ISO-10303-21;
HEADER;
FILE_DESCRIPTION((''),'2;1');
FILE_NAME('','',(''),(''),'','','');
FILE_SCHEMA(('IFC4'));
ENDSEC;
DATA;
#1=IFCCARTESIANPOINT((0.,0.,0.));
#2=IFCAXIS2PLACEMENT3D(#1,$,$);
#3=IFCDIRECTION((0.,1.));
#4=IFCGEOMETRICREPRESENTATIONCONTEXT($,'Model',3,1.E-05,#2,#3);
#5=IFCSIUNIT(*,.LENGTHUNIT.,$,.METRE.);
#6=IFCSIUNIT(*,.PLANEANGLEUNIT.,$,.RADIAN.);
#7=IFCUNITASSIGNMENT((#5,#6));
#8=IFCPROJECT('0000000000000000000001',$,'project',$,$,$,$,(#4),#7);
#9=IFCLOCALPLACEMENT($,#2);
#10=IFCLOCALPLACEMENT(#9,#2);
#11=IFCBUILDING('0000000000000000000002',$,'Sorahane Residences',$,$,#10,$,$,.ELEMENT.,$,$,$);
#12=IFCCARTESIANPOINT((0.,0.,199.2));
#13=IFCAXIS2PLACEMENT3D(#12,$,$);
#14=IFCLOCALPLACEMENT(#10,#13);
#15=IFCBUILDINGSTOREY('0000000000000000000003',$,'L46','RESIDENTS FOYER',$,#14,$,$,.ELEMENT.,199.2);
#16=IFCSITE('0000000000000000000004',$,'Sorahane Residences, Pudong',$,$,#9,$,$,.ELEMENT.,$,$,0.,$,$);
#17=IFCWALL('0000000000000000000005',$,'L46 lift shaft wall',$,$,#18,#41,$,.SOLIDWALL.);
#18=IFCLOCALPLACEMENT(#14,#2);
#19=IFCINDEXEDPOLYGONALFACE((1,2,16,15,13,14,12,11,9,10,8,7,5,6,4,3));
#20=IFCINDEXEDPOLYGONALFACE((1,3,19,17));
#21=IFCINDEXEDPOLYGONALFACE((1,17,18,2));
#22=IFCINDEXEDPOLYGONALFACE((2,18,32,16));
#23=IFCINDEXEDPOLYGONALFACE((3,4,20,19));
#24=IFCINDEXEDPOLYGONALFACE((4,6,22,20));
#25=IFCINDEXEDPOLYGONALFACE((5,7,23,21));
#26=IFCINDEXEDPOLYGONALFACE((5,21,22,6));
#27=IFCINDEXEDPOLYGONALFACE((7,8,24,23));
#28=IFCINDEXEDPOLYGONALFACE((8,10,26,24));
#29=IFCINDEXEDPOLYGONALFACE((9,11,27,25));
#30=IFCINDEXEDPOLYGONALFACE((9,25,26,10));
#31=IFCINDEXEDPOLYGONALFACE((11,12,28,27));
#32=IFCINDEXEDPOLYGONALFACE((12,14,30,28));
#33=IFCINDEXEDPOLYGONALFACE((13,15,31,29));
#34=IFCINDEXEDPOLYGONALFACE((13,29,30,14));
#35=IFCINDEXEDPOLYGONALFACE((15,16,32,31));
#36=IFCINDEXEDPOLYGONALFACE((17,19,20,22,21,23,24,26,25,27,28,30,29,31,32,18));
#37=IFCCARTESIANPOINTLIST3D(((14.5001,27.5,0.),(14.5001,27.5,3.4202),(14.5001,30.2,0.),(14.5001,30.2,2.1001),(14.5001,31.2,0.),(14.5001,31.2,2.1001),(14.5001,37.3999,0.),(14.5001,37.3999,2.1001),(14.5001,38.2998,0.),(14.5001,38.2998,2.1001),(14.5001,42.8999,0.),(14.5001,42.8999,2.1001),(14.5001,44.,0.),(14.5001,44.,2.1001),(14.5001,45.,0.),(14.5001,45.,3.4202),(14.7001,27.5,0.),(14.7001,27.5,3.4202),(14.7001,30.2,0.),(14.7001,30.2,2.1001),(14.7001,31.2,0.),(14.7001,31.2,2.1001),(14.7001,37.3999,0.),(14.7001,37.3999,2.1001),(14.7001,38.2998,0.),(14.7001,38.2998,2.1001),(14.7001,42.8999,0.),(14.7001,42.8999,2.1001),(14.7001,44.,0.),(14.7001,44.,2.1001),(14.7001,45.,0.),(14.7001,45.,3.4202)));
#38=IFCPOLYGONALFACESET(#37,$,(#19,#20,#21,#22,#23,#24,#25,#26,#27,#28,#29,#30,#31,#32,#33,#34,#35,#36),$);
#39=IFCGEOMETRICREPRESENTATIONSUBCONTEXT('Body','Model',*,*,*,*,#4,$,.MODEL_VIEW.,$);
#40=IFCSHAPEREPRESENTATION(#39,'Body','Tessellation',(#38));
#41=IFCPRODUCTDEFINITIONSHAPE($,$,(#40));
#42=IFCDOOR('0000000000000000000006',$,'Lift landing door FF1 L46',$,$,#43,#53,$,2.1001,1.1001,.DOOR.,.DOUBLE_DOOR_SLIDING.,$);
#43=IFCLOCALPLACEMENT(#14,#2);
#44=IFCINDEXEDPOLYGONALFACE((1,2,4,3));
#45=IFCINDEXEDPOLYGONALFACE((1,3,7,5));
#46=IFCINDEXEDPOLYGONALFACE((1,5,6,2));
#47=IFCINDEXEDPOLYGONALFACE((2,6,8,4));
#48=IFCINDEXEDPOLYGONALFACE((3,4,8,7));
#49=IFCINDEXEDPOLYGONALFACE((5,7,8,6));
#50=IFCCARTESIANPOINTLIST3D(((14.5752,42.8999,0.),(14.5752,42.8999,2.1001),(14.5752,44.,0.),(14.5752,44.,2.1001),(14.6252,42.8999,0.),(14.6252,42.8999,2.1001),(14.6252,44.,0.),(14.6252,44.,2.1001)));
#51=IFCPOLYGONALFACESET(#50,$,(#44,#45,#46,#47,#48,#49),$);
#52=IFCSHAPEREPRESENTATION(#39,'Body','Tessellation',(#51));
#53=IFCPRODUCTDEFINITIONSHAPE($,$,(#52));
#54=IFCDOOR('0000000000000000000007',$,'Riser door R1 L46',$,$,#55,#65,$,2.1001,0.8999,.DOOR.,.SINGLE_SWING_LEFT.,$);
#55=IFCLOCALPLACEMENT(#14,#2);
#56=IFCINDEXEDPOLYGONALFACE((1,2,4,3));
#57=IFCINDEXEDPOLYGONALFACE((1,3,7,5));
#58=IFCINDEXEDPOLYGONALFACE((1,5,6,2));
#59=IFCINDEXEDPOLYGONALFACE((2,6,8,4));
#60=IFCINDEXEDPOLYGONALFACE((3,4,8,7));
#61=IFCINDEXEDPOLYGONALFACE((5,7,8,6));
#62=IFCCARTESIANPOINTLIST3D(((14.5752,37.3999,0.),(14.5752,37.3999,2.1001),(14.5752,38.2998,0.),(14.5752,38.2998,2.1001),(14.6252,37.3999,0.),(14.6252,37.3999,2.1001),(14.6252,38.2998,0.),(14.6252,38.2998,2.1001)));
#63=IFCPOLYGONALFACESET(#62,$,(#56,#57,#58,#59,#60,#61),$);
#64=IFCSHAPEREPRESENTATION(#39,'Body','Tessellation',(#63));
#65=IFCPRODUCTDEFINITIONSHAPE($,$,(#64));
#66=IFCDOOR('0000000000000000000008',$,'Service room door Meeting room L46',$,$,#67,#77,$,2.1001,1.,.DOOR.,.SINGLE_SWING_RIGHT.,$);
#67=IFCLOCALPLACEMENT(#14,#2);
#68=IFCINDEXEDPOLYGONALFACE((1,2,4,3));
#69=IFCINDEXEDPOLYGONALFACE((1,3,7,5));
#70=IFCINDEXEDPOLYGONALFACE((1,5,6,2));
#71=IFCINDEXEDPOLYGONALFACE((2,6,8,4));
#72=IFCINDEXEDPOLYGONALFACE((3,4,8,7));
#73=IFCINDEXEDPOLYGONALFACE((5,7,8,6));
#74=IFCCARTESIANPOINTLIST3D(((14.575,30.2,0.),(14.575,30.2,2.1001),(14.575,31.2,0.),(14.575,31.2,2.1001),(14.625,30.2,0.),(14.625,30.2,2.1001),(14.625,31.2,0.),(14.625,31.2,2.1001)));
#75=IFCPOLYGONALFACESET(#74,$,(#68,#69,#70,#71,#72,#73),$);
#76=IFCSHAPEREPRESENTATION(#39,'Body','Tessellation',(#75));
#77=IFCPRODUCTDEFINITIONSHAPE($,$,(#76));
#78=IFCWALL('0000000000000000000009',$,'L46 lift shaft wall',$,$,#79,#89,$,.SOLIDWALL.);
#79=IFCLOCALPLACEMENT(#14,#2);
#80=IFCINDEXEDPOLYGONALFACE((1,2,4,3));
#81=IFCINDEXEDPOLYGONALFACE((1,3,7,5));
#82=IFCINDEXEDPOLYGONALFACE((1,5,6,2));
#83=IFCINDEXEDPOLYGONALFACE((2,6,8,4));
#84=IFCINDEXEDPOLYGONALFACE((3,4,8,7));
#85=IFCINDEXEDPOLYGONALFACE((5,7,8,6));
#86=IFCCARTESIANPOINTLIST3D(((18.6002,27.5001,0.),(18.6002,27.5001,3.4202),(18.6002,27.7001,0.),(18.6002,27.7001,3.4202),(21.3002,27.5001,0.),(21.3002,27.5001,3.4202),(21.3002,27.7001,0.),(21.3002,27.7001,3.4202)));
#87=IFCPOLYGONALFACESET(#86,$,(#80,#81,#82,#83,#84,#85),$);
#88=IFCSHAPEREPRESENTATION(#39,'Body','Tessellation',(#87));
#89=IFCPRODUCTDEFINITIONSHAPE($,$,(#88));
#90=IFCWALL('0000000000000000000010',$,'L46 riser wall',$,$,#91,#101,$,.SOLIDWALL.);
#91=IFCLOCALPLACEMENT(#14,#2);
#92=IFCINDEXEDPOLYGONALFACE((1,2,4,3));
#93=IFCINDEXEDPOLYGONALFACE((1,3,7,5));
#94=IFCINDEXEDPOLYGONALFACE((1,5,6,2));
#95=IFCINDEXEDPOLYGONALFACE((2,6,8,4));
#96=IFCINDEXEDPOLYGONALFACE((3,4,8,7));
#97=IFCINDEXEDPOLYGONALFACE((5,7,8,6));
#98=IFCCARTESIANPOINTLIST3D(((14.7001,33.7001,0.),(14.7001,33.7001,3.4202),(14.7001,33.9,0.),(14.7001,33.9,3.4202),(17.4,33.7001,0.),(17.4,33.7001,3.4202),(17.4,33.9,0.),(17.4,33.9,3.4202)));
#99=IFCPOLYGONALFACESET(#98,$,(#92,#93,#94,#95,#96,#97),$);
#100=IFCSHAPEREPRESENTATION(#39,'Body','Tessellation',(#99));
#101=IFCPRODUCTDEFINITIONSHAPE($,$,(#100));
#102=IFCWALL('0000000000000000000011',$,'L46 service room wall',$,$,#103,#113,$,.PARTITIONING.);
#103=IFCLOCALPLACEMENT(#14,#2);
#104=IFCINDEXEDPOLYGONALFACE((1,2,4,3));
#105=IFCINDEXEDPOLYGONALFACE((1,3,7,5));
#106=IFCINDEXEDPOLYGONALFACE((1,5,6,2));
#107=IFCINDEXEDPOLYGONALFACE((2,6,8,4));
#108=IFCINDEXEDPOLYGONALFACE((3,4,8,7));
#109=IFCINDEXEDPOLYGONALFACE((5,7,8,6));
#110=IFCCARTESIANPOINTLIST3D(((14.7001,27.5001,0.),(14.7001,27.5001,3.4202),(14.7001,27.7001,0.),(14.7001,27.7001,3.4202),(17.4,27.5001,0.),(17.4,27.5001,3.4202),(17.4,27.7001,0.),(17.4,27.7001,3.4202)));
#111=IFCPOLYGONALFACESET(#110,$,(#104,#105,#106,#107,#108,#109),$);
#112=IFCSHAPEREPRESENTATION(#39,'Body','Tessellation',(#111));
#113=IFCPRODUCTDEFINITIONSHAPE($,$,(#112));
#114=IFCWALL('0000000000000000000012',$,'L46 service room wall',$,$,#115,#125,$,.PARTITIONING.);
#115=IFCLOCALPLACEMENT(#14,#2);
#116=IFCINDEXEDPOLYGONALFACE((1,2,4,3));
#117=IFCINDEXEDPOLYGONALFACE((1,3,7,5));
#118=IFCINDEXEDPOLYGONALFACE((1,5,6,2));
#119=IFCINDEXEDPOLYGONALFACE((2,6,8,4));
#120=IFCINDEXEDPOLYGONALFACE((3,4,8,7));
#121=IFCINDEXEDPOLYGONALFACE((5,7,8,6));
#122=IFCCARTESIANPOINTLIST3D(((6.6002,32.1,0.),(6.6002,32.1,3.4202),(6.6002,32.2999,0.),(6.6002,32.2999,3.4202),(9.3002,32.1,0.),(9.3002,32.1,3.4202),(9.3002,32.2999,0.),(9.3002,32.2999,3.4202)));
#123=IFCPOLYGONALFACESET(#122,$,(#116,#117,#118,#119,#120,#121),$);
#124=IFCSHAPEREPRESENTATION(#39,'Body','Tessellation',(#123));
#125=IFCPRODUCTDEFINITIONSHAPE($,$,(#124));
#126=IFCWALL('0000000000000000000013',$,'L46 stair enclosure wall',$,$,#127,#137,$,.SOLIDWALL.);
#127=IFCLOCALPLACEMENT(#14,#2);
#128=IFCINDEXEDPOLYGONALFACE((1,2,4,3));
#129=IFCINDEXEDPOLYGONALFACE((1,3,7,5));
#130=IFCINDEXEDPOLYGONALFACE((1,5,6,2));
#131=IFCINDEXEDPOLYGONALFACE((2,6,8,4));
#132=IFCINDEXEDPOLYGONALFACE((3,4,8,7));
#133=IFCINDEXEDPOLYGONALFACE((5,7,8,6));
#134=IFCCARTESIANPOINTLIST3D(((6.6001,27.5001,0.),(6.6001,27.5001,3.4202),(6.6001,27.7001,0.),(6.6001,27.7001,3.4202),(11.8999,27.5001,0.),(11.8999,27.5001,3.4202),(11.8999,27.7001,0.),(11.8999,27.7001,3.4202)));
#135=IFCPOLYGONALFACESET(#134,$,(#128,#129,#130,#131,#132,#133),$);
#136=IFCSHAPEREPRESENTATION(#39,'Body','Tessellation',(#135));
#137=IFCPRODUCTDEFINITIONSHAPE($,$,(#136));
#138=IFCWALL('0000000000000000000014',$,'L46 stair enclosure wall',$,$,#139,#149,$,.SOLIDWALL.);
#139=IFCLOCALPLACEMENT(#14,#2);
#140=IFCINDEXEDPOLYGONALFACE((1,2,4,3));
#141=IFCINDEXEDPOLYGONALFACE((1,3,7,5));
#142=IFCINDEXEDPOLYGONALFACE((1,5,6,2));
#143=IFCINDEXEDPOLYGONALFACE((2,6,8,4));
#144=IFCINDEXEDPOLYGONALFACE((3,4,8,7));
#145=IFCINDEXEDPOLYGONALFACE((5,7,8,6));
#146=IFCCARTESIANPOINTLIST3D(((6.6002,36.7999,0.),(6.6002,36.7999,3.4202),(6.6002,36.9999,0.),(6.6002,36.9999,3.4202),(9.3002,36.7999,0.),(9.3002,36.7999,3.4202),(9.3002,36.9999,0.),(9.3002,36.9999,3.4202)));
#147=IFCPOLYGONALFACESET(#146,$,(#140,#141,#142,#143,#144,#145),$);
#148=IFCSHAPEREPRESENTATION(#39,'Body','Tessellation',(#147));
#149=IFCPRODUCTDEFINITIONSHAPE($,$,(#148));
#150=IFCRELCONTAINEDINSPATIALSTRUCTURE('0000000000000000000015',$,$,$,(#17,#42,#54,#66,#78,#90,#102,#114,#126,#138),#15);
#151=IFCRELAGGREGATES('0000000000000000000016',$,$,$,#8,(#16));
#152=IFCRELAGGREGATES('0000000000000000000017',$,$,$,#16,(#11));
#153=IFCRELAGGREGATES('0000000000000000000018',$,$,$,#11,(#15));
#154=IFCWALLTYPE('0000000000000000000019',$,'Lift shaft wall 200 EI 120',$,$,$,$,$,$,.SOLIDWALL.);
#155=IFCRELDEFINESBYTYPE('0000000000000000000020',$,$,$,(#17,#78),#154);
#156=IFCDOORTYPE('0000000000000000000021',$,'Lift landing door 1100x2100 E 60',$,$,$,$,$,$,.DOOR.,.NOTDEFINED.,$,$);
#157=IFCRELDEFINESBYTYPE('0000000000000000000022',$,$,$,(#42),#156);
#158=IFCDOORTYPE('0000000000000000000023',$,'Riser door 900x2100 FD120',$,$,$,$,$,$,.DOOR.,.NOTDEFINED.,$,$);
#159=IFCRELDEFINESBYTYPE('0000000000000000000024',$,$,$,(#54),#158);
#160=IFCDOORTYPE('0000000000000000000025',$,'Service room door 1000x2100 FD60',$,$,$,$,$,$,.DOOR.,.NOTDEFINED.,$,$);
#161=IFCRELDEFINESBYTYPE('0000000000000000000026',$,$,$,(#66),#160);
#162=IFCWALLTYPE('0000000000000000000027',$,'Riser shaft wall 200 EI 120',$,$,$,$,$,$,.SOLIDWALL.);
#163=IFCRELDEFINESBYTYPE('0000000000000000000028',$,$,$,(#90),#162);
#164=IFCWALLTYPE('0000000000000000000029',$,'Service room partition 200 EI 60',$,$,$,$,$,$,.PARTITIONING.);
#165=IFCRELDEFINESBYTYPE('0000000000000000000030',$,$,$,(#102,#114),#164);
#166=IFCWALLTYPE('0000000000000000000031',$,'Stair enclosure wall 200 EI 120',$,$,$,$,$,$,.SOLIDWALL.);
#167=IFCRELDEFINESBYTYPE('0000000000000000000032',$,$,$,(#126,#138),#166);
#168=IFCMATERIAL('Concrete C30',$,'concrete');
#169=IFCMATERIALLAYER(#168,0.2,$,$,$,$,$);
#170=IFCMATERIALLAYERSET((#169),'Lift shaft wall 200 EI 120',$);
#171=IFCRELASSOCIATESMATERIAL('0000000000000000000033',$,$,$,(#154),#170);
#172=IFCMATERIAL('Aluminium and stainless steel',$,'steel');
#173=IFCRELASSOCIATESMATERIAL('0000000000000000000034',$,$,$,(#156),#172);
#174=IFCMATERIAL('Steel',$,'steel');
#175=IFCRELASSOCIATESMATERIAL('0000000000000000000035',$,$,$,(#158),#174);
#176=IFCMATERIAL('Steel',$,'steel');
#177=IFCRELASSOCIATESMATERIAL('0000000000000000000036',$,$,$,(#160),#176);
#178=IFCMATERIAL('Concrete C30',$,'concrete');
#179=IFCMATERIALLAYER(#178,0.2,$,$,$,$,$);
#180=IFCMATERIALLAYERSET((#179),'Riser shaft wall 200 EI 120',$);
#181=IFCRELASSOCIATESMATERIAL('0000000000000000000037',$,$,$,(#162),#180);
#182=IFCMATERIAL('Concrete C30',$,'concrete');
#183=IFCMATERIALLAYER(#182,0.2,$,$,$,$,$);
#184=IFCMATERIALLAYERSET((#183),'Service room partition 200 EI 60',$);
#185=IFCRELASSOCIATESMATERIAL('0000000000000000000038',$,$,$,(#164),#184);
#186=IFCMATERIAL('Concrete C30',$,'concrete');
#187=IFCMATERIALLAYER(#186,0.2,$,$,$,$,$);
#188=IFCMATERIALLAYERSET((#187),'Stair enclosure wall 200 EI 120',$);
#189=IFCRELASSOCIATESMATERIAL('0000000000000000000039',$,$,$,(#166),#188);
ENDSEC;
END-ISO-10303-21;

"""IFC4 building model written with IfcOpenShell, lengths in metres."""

from ifc_helpers import new_model, si_unit, direction, frame, frame_2d, origin, place, context, subcontext, project, spatial, rectangle, extrude, material, layer, layer_set, type_object, element, fill, save


model = new_model("IFC4")

# Units and contexts
model_context = context("Model", 3, precision=1e-05, world=origin(), true_north=direction((0.0, 1.0)))
body_context = subcontext(model_context, "Body", "Model", "MODEL_VIEW")
ifc_project = project(units=[si_unit("LENGTHUNIT", "METRE"), si_unit("PLANEANGLEUNIT", "RADIAN")], contexts=[model_context])

# Site, building, storey
site_placement = place(None, origin())
site = spatial("IfcSite", under=ifc_project, at=site_placement, Name="Sorahane Residences, Pudong", CompositionType="ELEMENT", RefElevation=0.0)
building_placement = place(site_placement, origin())
building = spatial("IfcBuilding", under=site, at=building_placement, Name="Sorahane Residences", CompositionType="ELEMENT")
storey_placement = place(building_placement, frame((0.0, 0.0, 199.2)))
storey = spatial("IfcBuildingStorey", under=building, at=storey_placement, Name="L46", Description="RESIDENTS FOYER", CompositionType="ELEMENT", Elevation=199.2)

# Wall, openings, doors
ifc_material_1 = material(Name="Concrete C30", Category="concrete")
ifc_layer_1 = layer(ifc_material_1, 0.2)
ifc_layer_set_1 = layer_set([ifc_layer_1], Name="Lift shaft wall 200 EI 120")
wall_type_1 = type_object("IfcWallType", Name="Lift shaft wall 200 EI 120", PredefinedType="SOLIDWALL", material=ifc_layer_set_1)
wall_1_placement = place(storey_placement, frame((14.6001, 27.5, 0.0), z_axis=(0.0, 0.0, 1.0), x_axis=(0.0, 1.0, 0.0)))
wall_1 = element("IfcWall", 1, at=wall_1_placement, inside=storey, type_object=wall_type_1, Name="L46 lift shaft wall", PredefinedType="SOLIDWALL", context=body_context, shape_type="SweptSolid", body=[
    extrude(rectangle(XDim=17.5, YDim=0.2, at=frame_2d((8.75, 0.0))), origin(), (0.0, 0.0, 1.0), 3.4202),
])
opening_1_placement = place(wall_1_placement, frame((15.3999, 0.0, 0.0)))
opening_1 = element("IfcOpeningElement", 2, at=opening_1_placement, cuts=wall_1, PredefinedType="OPENING", context=body_context, shape_type="SweptSolid", body=[
    extrude(rectangle(XDim=1.1001, YDim=2.1001, at=frame_2d((0.55, 1.05))), frame((0.0, 0.1099, 0.0), z_axis=(0.0, -1.0, 0.0), x_axis=(1.0, 0.0, 0.0)), (0.0, 0.0, 1.0), 0.22),
])
opening_2_placement = place(wall_1_placement, frame((2.7, 0.0, 0.0)))
opening_2 = element("IfcOpeningElement", 3, at=opening_2_placement, cuts=wall_1, PredefinedType="OPENING", context=body_context, shape_type="SweptSolid", body=[
    extrude(rectangle(XDim=1.0, YDim=2.1001, at=frame_2d((0.5, 1.05))), frame((0.0, 0.1099, 0.0), z_axis=(0.0, -1.0, 0.0), x_axis=(1.0, 0.0, 0.0)), (0.0, 0.0, 1.0), 0.22),
])
opening_3_placement = place(wall_1_placement, frame((9.8999, 0.0, 0.0)))
opening_3 = element("IfcOpeningElement", 4, at=opening_3_placement, cuts=wall_1, PredefinedType="OPENING", context=body_context, shape_type="SweptSolid", body=[
    extrude(rectangle(XDim=0.8999, YDim=2.1001, at=frame_2d((0.45, 1.05))), frame((0.0, 0.1099, 0.0), z_axis=(0.0, -1.0, 0.0), x_axis=(1.0, 0.0, 0.0)), (0.0, 0.0, 1.0), 0.22),
])
ifc_material_2 = material(Name="Aluminium and stainless steel", Category="steel")
door_type_1 = type_object("IfcDoorType", Name="Lift landing door 1100x2100 E 60", OperationType="NOTDEFINED", PredefinedType="DOOR", material=ifc_material_2)
door_1_placement = place(opening_1_placement, origin())
door_1 = element("IfcDoor", 5, at=door_1_placement, inside=storey, type_object=door_type_1, Name="Lift landing door FF1 L46", OperationType="DOUBLE_DOOR_SLIDING", OverallHeight=2.1001, OverallWidth=1.1001, PredefinedType="DOOR", context=body_context, shape_type="SweptSolid", body=[
    extrude(rectangle(XDim=1.1001, YDim=2.1001, at=frame_2d((0.55, 1.05))), frame((0.0, 0.0249, 0.0), z_axis=(0.0, -1.0, 0.0), x_axis=(1.0, 0.0, 0.0)), (0.0, 0.0, 1.0), 0.05),
])
fill(opening_1, door_1)
ifc_material_3 = material(Name="Steel", Category="steel")
door_type_2 = type_object("IfcDoorType", Name="Riser door 900x2100 FD120", OperationType="NOTDEFINED", PredefinedType="DOOR", material=ifc_material_3)
door_2_placement = place(opening_3_placement, origin())
door_2 = element("IfcDoor", 6, at=door_2_placement, inside=storey, type_object=door_type_2, Name="Riser door R1 L46", OperationType="SINGLE_SWING_LEFT", OverallHeight=2.1001, OverallWidth=0.8999, PredefinedType="DOOR", context=body_context, shape_type="SweptSolid", body=[
    extrude(rectangle(XDim=0.8999, YDim=2.1001, at=frame_2d((0.45, 1.05))), frame((0.0, 0.0249, 0.0), z_axis=(0.0, -1.0, 0.0), x_axis=(1.0, 0.0, 0.0)), (0.0, 0.0, 1.0), 0.05),
])
fill(opening_3, door_2)
ifc_material_4 = material(Name="Steel", Category="steel")
door_type_3 = type_object("IfcDoorType", Name="Service room door 1000x2100 FD60", OperationType="NOTDEFINED", PredefinedType="DOOR", material=ifc_material_4)
door_3_placement = place(opening_2_placement, frame((1.0, 0.0, 0.0), z_axis=(0.0, 0.0, 1.0), x_axis=(-1.0, 0.0, 0.0)))
door_3 = element("IfcDoor", 7, at=door_3_placement, inside=storey, type_object=door_type_3, Name="Service room door Meeting room L46", OperationType="SINGLE_SWING_RIGHT", OverallHeight=2.1001, OverallWidth=1.0, PredefinedType="DOOR", context=body_context, shape_type="SweptSolid", body=[
    extrude(rectangle(XDim=1.0, YDim=2.1001, at=frame_2d((0.5, 1.05))), frame((0.0, 0.0249, 0.0), z_axis=(0.0, -1.0, 0.0), x_axis=(1.0, 0.0, 0.0)), (0.0, 0.0, 1.0), 0.05),
])
fill(opening_2, door_3)

# Walls
wall_2_placement = place(storey_placement, frame((18.6001, 27.6001, 0.0), z_axis=(0.0, 0.0, 1.0), x_axis=(1.0, 0.0, 0.0)))
element("IfcWall", 8, at=wall_2_placement, inside=storey, type_object=wall_type_1, Name="L46 lift shaft wall", PredefinedType="SOLIDWALL", context=body_context, shape_type="SweptSolid", body=[
    extrude(rectangle(XDim=2.7, YDim=0.2, at=frame_2d((1.3501, 0.0))), origin(), (0.0, 0.0, 1.0), 3.4202),
])
ifc_material_5 = material(Name="Concrete C30", Category="concrete")
ifc_layer_2 = layer(ifc_material_5, 0.2)
ifc_layer_set_2 = layer_set([ifc_layer_2], Name="Riser shaft wall 200 EI 120")
wall_type_2 = type_object("IfcWallType", Name="Riser shaft wall 200 EI 120", PredefinedType="SOLIDWALL", material=ifc_layer_set_2)
wall_3_placement = place(storey_placement, frame((14.7, 33.8, 0.0), z_axis=(0.0, 0.0, 1.0), x_axis=(1.0, 0.0, 0.0)))
element("IfcWall", 9, at=wall_3_placement, inside=storey, type_object=wall_type_2, Name="L46 riser wall", PredefinedType="SOLIDWALL", context=body_context, shape_type="SweptSolid", body=[
    extrude(rectangle(XDim=2.7, YDim=0.2, at=frame_2d((1.3501, 0.0))), origin(), (0.0, 0.0, 1.0), 3.4202),
])
ifc_material_6 = material(Name="Concrete C30", Category="concrete")
ifc_layer_3 = layer(ifc_material_6, 0.2)
ifc_layer_set_3 = layer_set([ifc_layer_3], Name="Service room partition 200 EI 60")
wall_type_3 = type_object("IfcWallType", Name="Service room partition 200 EI 60", PredefinedType="PARTITIONING", material=ifc_layer_set_3)
for number, where, z_axis, x_axis, name in (
    (10, (14.7, 27.6001, 0.0), (0.0, 0.0, 1.0), (1.0, 0.0, 0.0), "L46 service room wall"),
    (11, (6.6001, 32.2, 0.0), (0.0, 0.0, 1.0), (1.0, 0.0, 0.0), "L46 service room wall"),
):
    element("IfcWall", number, at=place(storey_placement, frame(where, z_axis=z_axis, x_axis=x_axis)), inside=storey, type_object=wall_type_3, Name=name, PredefinedType="PARTITIONING", context=body_context, shape_type="SweptSolid", body=[
        extrude(rectangle(XDim=2.7, YDim=0.2, at=frame_2d((1.3501, 0.0))), origin(), (0.0, 0.0, 1.0), 3.4202),
    ])
ifc_material_7 = material(Name="Concrete C30", Category="concrete")
ifc_layer_4 = layer(ifc_material_7, 0.2)
ifc_layer_set_4 = layer_set([ifc_layer_4], Name="Stair enclosure wall 200 EI 120")
wall_type_4 = type_object("IfcWallType", Name="Stair enclosure wall 200 EI 120", PredefinedType="SOLIDWALL", material=ifc_layer_set_4)
wall_4_placement = place(storey_placement, frame((6.6001, 27.6001, 0.0), z_axis=(0.0, 0.0, 1.0), x_axis=(1.0, 0.0, 0.0)))
element("IfcWall", 12, at=wall_4_placement, inside=storey, type_object=wall_type_4, Name="L46 stair enclosure wall", PredefinedType="SOLIDWALL", context=body_context, shape_type="SweptSolid", body=[
    extrude(rectangle(XDim=5.2998, YDim=0.2, at=frame_2d((2.6499, 0.0))), origin(), (0.0, 0.0, 1.0), 3.4202),
])
wall_5_placement = place(storey_placement, frame((6.6001, 36.8999, 0.0), z_axis=(0.0, 0.0, 1.0), x_axis=(1.0, 0.0, 0.0)))
element("IfcWall", 13, at=wall_5_placement, inside=storey, type_object=wall_type_4, Name="L46 stair enclosure wall", PredefinedType="SOLIDWALL", context=body_context, shape_type="SweptSolid", body=[
    extrude(rectangle(XDim=2.7, YDim=0.2, at=frame_2d((1.3501, 0.0))), origin(), (0.0, 0.0, 1.0), 3.4202),
])

save(model, "model.ifc")
